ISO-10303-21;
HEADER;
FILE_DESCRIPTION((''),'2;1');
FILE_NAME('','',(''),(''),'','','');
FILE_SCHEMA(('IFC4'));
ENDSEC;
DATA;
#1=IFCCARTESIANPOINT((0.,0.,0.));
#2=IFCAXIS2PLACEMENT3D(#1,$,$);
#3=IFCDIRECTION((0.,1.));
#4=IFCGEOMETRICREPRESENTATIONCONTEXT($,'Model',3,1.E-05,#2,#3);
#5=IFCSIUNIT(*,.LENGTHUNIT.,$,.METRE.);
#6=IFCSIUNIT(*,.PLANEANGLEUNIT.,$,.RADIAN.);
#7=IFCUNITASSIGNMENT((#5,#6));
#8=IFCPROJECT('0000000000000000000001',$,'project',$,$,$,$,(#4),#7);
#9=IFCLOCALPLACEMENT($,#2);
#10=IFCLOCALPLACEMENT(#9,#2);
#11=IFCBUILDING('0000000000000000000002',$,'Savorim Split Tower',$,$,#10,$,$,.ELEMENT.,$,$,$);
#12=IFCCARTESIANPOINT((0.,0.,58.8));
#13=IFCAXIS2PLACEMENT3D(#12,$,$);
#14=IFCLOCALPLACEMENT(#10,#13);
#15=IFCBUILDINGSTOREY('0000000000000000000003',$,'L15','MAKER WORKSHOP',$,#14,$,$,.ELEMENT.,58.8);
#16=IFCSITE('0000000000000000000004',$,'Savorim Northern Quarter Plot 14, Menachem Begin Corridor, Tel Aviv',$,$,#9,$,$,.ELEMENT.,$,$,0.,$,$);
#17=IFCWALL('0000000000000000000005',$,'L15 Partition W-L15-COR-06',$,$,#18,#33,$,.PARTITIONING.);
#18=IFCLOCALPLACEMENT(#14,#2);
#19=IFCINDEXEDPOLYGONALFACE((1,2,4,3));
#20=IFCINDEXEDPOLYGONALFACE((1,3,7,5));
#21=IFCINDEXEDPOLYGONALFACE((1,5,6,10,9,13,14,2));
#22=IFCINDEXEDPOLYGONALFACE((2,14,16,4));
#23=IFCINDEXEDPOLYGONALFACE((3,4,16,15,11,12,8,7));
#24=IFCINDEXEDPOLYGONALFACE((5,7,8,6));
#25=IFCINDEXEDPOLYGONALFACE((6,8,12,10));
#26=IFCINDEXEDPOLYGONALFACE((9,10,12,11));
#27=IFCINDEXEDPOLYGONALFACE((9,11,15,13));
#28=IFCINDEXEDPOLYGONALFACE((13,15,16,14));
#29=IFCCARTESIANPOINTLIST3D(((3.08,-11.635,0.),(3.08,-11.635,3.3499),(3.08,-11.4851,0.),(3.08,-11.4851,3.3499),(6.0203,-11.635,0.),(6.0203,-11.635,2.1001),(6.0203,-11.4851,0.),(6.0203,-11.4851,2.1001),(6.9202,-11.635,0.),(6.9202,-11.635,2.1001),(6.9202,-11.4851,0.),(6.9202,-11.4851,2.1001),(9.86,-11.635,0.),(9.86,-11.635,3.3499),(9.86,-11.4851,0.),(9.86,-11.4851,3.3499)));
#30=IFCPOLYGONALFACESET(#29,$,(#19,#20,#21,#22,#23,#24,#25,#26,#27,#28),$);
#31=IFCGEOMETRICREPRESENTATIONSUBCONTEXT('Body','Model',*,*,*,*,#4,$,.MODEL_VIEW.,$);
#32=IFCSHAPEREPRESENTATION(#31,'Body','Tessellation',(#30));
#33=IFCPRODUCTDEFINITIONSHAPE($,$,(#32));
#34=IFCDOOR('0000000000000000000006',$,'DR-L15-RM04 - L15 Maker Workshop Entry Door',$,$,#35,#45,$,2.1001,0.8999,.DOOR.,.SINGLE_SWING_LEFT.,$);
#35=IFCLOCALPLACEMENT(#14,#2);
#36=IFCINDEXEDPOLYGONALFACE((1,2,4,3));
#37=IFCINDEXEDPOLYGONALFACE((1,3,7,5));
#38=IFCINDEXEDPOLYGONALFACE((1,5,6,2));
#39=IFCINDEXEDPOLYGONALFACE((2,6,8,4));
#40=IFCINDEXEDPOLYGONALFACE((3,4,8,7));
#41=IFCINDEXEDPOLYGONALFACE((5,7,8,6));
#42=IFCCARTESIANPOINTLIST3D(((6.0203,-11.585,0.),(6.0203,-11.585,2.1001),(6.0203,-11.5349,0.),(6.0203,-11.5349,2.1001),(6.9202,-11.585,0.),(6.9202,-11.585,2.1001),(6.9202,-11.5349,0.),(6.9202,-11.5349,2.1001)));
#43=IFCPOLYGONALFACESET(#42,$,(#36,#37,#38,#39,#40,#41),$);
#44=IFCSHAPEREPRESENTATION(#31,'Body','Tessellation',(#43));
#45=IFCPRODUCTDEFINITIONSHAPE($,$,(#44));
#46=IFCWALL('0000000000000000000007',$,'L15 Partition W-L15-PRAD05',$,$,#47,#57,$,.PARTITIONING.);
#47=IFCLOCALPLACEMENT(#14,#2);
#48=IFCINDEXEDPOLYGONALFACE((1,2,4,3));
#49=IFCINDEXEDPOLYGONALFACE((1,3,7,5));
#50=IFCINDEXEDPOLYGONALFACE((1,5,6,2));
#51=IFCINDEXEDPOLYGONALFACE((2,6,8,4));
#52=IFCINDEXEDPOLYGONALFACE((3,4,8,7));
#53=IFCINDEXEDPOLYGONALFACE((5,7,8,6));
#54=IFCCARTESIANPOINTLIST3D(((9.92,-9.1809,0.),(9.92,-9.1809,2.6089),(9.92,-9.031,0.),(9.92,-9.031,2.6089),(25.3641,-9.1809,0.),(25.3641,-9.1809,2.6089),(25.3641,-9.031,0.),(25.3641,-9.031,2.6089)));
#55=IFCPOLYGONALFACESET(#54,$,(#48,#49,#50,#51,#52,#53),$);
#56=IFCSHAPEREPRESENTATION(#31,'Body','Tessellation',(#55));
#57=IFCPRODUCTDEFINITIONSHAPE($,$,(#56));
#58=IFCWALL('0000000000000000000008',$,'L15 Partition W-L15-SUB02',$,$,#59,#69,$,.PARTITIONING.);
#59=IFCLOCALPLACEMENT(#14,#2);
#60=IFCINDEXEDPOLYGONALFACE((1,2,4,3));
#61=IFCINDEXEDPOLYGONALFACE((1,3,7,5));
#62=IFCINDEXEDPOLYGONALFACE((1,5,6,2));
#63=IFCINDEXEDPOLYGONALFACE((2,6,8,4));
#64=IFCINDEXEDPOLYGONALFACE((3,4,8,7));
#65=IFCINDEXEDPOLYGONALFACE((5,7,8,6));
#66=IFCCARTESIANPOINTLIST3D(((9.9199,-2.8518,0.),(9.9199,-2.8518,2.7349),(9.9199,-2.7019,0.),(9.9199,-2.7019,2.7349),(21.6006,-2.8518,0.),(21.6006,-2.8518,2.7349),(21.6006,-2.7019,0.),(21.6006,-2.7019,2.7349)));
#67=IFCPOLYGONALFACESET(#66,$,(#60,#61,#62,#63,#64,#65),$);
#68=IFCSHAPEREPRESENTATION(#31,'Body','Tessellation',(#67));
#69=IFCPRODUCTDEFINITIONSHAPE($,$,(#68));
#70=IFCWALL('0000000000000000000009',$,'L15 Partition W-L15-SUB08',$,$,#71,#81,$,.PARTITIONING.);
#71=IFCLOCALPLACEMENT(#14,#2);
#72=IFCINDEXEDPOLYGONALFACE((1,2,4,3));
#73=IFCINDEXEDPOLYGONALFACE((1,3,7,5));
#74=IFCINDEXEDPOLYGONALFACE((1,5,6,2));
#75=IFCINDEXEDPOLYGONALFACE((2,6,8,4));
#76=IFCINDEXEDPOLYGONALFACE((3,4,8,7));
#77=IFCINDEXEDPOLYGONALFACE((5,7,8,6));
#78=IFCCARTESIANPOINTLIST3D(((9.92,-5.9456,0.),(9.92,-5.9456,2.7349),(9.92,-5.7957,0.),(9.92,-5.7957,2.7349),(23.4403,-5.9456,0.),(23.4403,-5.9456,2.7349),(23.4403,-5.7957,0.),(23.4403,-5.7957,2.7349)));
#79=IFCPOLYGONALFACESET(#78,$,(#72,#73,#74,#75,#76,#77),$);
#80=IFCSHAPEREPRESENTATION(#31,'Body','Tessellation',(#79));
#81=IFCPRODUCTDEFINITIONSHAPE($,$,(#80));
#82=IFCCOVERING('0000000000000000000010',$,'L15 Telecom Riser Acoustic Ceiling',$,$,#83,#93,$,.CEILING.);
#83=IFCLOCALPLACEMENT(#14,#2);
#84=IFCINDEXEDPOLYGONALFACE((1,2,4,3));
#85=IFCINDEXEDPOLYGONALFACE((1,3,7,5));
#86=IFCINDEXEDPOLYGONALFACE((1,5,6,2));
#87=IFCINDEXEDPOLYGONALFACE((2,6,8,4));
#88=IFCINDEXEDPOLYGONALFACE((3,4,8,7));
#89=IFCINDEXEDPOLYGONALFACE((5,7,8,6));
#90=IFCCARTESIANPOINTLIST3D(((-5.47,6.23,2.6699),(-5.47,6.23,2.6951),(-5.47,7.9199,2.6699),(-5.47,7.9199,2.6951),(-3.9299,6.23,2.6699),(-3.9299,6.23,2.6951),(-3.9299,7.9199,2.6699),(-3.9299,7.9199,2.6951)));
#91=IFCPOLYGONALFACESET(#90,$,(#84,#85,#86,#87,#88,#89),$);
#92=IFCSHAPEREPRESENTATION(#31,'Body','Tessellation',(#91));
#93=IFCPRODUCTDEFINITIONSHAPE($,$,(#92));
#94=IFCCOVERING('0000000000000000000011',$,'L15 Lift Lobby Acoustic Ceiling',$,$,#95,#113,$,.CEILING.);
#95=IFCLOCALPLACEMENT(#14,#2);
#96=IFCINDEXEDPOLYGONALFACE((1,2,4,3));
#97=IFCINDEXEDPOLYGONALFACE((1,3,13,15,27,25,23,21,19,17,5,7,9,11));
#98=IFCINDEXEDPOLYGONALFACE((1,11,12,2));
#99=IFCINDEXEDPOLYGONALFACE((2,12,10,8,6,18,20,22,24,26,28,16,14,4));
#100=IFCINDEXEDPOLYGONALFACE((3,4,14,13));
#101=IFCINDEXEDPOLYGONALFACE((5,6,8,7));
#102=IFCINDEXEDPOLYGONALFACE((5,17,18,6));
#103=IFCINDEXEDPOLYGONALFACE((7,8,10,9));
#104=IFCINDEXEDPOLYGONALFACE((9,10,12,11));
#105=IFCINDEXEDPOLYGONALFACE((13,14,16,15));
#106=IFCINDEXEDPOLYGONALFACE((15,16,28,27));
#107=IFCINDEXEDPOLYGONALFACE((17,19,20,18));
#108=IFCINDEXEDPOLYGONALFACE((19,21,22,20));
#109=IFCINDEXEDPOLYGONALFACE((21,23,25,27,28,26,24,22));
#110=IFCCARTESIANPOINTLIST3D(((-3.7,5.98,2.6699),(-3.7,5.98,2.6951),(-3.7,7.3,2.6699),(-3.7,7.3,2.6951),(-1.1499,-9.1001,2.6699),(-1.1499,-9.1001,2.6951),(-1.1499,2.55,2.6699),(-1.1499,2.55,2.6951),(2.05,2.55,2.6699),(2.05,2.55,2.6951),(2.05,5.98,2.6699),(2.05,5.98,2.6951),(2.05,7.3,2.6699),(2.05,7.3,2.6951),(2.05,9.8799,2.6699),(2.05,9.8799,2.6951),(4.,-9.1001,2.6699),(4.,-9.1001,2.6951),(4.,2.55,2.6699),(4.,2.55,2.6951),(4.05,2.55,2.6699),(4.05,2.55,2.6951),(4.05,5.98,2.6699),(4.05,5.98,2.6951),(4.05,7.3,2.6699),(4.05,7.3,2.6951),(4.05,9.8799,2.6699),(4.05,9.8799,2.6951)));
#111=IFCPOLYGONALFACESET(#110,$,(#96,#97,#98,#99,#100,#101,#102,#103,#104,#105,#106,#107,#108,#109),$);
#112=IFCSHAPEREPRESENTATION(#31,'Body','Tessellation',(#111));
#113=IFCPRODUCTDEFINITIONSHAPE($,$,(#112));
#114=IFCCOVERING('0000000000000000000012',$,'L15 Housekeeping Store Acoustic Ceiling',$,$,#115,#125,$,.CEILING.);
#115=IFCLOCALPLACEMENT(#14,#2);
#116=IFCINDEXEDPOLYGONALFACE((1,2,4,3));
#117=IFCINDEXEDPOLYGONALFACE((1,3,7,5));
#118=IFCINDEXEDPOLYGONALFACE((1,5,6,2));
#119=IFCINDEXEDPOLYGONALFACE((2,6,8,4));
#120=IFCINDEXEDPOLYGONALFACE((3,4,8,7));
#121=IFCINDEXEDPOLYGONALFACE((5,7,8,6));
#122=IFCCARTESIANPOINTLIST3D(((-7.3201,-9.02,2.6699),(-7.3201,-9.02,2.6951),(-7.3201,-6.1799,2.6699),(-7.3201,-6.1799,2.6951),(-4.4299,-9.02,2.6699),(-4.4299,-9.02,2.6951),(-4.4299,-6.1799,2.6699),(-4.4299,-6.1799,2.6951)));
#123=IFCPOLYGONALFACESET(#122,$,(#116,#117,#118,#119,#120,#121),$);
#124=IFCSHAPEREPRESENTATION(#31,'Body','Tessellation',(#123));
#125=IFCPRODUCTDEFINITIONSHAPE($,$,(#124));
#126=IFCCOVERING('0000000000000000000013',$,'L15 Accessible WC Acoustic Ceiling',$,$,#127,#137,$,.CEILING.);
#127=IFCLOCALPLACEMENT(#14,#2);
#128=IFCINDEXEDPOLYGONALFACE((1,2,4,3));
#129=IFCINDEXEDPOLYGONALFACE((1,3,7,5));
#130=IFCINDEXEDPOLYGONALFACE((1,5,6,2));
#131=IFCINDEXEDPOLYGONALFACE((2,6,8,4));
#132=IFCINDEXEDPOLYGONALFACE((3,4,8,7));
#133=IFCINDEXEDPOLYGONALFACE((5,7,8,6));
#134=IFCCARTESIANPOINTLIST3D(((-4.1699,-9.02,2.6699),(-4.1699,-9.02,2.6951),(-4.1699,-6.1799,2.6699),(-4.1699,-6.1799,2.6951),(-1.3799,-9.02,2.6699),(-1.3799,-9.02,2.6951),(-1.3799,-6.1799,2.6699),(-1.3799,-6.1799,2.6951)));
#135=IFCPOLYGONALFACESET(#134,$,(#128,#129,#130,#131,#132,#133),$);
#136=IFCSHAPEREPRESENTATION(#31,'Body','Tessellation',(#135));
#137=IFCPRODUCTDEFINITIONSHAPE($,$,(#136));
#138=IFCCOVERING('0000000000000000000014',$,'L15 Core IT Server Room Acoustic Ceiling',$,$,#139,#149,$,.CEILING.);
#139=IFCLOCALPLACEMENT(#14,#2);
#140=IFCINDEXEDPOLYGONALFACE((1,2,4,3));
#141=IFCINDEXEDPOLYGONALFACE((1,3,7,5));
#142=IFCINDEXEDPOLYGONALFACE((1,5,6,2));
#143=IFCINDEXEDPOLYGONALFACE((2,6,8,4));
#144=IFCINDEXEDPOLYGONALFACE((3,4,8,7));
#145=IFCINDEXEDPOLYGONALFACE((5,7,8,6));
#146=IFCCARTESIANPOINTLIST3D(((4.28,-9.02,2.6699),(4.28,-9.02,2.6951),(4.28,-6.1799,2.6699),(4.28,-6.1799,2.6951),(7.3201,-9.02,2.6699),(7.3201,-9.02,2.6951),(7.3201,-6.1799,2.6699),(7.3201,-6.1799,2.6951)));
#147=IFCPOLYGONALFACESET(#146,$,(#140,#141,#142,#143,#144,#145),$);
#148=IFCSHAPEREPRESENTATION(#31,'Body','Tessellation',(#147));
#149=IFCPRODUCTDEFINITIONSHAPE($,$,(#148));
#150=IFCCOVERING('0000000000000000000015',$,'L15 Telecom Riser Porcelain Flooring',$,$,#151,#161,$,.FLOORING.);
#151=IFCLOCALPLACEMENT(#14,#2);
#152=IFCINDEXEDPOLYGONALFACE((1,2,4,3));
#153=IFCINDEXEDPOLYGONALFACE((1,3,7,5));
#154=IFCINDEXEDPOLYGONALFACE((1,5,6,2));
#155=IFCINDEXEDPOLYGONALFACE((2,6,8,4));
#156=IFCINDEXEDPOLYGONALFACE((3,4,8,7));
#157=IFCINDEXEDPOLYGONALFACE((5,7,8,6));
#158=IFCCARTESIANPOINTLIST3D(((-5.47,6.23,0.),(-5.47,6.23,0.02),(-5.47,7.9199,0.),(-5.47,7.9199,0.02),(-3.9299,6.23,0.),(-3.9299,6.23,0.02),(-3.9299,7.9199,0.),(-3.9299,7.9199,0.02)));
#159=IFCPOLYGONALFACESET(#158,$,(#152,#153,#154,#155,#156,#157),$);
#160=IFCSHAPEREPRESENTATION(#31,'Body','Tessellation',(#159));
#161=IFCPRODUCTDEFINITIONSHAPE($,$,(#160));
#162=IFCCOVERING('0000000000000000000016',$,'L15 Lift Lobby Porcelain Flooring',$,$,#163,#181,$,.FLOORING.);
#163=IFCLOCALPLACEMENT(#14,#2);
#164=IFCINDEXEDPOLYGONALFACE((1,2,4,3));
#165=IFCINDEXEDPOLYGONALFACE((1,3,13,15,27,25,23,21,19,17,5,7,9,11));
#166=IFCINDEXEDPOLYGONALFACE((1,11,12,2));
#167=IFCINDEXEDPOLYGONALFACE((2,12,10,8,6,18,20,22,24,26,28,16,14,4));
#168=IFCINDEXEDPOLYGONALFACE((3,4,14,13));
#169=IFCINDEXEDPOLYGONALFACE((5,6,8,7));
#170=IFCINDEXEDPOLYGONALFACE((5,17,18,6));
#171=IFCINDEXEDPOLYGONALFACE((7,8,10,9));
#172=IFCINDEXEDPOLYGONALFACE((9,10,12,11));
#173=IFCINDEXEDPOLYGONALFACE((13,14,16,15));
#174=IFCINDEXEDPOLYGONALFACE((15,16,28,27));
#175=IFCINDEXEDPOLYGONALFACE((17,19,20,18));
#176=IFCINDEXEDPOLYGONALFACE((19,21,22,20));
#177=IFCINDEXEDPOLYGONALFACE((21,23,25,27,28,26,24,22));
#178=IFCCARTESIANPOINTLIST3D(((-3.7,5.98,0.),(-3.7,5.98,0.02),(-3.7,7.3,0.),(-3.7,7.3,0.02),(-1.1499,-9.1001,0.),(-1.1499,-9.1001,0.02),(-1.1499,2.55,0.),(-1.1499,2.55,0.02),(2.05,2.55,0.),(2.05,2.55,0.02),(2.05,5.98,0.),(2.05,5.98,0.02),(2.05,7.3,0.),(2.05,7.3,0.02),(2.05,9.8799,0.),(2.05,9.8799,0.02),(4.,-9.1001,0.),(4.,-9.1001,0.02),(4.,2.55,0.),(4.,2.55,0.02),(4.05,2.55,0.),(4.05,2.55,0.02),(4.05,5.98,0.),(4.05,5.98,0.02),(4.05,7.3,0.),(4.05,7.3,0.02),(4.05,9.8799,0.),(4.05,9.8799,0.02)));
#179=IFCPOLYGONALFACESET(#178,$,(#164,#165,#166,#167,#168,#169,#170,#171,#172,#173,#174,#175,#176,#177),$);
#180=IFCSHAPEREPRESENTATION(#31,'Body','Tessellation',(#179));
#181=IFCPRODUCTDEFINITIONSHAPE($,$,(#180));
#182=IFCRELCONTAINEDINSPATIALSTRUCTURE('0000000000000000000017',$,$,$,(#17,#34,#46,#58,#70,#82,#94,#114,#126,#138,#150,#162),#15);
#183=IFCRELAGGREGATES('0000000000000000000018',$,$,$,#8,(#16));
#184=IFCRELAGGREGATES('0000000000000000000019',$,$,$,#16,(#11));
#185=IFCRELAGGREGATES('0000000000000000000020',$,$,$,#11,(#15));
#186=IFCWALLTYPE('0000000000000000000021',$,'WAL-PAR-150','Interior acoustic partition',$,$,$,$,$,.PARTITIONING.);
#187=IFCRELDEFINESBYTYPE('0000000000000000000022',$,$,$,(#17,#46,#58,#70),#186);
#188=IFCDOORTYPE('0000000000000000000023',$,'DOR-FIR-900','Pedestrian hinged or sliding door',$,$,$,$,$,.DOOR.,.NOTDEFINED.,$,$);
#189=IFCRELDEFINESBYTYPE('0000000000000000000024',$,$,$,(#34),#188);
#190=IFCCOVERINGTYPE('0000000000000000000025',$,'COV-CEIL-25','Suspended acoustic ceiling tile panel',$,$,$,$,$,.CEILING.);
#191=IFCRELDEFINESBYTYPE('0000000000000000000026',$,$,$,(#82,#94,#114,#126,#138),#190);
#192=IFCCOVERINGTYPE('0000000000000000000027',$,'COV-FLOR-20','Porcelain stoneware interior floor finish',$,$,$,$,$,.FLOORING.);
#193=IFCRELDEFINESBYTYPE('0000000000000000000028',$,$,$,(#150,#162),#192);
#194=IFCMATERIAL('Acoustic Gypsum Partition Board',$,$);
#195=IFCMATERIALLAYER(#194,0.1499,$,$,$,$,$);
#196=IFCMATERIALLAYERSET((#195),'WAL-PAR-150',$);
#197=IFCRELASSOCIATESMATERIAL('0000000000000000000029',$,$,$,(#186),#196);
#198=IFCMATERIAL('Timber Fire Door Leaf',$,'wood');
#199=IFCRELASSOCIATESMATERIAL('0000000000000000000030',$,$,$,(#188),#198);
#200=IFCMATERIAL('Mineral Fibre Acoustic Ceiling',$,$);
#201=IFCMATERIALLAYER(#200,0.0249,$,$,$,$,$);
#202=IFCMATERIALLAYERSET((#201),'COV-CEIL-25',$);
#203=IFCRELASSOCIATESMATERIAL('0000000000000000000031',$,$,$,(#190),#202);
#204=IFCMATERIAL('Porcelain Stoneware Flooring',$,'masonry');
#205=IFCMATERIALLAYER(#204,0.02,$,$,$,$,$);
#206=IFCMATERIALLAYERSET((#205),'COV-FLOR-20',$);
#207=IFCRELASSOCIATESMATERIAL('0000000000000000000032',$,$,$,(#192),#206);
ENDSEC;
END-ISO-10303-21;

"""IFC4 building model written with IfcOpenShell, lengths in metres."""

from ifc_helpers import new_model, si_unit, direction, frame, frame_2d, origin, place, context, subcontext, project, spatial, polyline, rectangle, outline, extrude, material, layer, layer_set, type_object, element, fill, save


model = new_model("IFC4")

# Units and contexts
model_context = context("Model", 3, precision=1e-05, world=origin(), true_north=direction((0.0, 1.0)))
body_context = subcontext(model_context, "Body", "Model", "MODEL_VIEW")
ifc_project = project(units=[si_unit("LENGTHUNIT", "METRE"), si_unit("PLANEANGLEUNIT", "RADIAN")], contexts=[model_context])

# Site, building, storey
site_placement = place(None, origin())
site = spatial("IfcSite", under=ifc_project, at=site_placement, Name="Savorim Northern Quarter Plot 14, Menachem Begin Corridor, Tel Aviv", CompositionType="ELEMENT", RefElevation=0.0)
building_placement = place(site_placement, origin())
building = spatial("IfcBuilding", under=site, at=building_placement, Name="Savorim Split Tower", CompositionType="ELEMENT")
storey_placement = place(building_placement, frame((0.0, 0.0, 58.8)))
storey = spatial("IfcBuildingStorey", under=building, at=storey_placement, Name="L15", Description="MAKER WORKSHOP", CompositionType="ELEMENT", Elevation=58.8)

# Shared definitions
ifc_material_1 = material(Name="Acoustic Gypsum Partition Board")
ifc_layer_1 = layer(ifc_material_1, 0.1499)
ifc_layer_set_1 = layer_set([ifc_layer_1], Name="WAL-PAR-150")
wall_type_1 = type_object("IfcWallType", Name="WAL-PAR-150", Description="Interior acoustic partition", PredefinedType="PARTITIONING", material=ifc_layer_set_1)

# Wall, opening, door
ifc_material_2 = material(Name="Timber Fire Door Leaf", Category="wood")
door_type_1 = type_object("IfcDoorType", Name="DOR-FIR-900", Description="Pedestrian hinged or sliding door", OperationType="NOTDEFINED", PredefinedType="DOOR", material=ifc_material_2)
wall_1_placement = place(storey_placement, frame((9.8601, -11.5601, 0.0), z_axis=(0.0, 0.0, 1.0), x_axis=(-1.0, 0.0, 0.0)))
wall_1 = element("IfcWall", 1, at=wall_1_placement, inside=storey, type_object=wall_type_1, Name="L15 Partition W-L15-COR-06", PredefinedType="PARTITIONING", context=body_context, shape_type="SweptSolid", body=[
    extrude(rectangle(XDim=6.78, YDim=0.1499, at=frame_2d((3.3901, 0.0))), origin(), (0.0, 0.0, 1.0), 3.3499),
])
opening_1_placement = place(wall_1_placement, frame((2.9399, 0.0, 0.0)))
opening_1 = element("IfcOpeningElement", 2, at=opening_1_placement, cuts=wall_1, PredefinedType="OPENING", context=body_context, shape_type="SweptSolid", body=[
    extrude(rectangle(XDim=0.8999, YDim=2.1001, at=frame_2d((0.45, 1.05))), frame((0.0, 0.085, 0.0), z_axis=(0.0, -1.0, 0.0), x_axis=(1.0, 0.0, 0.0)), (0.0, 0.0, 1.0), 0.1699),
])
door_1_placement = place(opening_1_placement, origin())
door_1 = element("IfcDoor", 3, at=door_1_placement, inside=storey, type_object=door_type_1, Name="DR-L15-RM04 - L15 Maker Workshop Entry Door", OperationType="SINGLE_SWING_LEFT", OverallHeight=2.1001, OverallWidth=0.8999, PredefinedType="DOOR", context=body_context, shape_type="SweptSolid", body=[
    extrude(rectangle(XDim=0.8999, YDim=2.1001, at=frame_2d((0.45, 1.05))), frame((0.0, 0.0249, 0.0), z_axis=(0.0, -1.0, 0.0), x_axis=(1.0, 0.0, 0.0)), (0.0, 0.0, 1.0), 0.05),
])
fill(opening_1, door_1)

# Walls
wall_2_placement = place(storey_placement, frame((9.9199, -9.106, 0.0), z_axis=(0.0, 0.0, 1.0), x_axis=(1.0, 0.0, 0.0)))
element("IfcWall", 4, at=wall_2_placement, inside=storey, type_object=wall_type_1, Name="L15 Partition W-L15-PRAD05", PredefinedType="PARTITIONING", context=body_context, shape_type="SweptSolid", body=[
    extrude(rectangle(XDim=15.4441, YDim=0.1499, at=frame_2d((7.7222, 0.0))), origin(), (0.0, 0.0, 1.0), 2.6089),
])
wall_3_placement = place(storey_placement, frame((9.9199, -2.7769, 0.0), z_axis=(0.0, 0.0, 1.0), x_axis=(1.0, 0.0, 0.0)))
element("IfcWall", 5, at=wall_3_placement, inside=storey, type_object=wall_type_1, Name="L15 Partition W-L15-SUB02", PredefinedType="PARTITIONING", context=body_context, shape_type="SweptSolid", body=[
    extrude(rectangle(XDim=11.6807, YDim=0.1499, at=frame_2d((5.8403, 0.0))), origin(), (0.0, 0.0, 1.0), 2.7349),
])
wall_4_placement = place(storey_placement, frame((9.9199, -5.8706, 0.0), z_axis=(0.0, 0.0, 1.0), x_axis=(1.0, 0.0, 0.0)))
element("IfcWall", 6, at=wall_4_placement, inside=storey, type_object=wall_type_1, Name="L15 Partition W-L15-SUB08", PredefinedType="PARTITIONING", context=body_context, shape_type="SweptSolid", body=[
    extrude(rectangle(XDim=13.5203, YDim=0.1499, at=frame_2d((6.7603, 0.0))), origin(), (0.0, 0.0, 1.0), 2.7349),
])

# Coverings
ifc_material_3 = material(Name="Mineral Fibre Acoustic Ceiling")
ifc_layer_2 = layer(ifc_material_3, 0.0249)
ifc_layer_set_2 = layer_set([ifc_layer_2], Name="COV-CEIL-25")
covering_type_1 = type_object("IfcCoveringType", Name="COV-CEIL-25", Description="Suspended acoustic ceiling tile panel", PredefinedType="CEILING", material=ifc_layer_set_2)
covering_1_placement = place(storey_placement, frame((0.0, 0.0, 2.6699)))
element("IfcCovering", 7, at=covering_1_placement, inside=storey, type_object=covering_type_1, Name="L15 Telecom Riser Acoustic Ceiling", PredefinedType="CEILING", context=body_context, shape_type="SweptSolid", body=[
    extrude(outline(polyline([(-5.47, 7.9199), (-5.47, 6.23), (-3.9299, 6.23), (-3.9299, 7.9199), (-5.47, 7.9199)])), origin(), (0.0, 0.0, 1.0), 0.0251),
])
covering_2_placement = place(storey_placement, frame((0.0, 0.0, 2.6699)))
element("IfcCovering", 8, at=covering_2_placement, inside=storey, type_object=covering_type_1, Name="L15 Lift Lobby Acoustic Ceiling", PredefinedType="CEILING", context=body_context, shape_type="SweptSolid", body=[
    extrude(outline(polyline([(2.05, 2.55), (-1.1499, 2.55), (-1.1499, -9.1001), (4.0, -9.1001), (4.0, 2.55), (4.05, 2.55), (4.05, 5.98), (4.05, 7.3), (4.05, 9.8799), (2.05, 9.8799), (2.05, 7.3), (-3.7, 7.3), (-3.7, 5.98), (2.05, 5.98), (2.05, 2.55)])), origin(), (0.0, 0.0, 1.0), 0.0251),
])
covering_3_placement = place(storey_placement, frame((0.0, 0.0, 2.6699)))
element("IfcCovering", 9, at=covering_3_placement, inside=storey, type_object=covering_type_1, Name="L15 Housekeeping Store Acoustic Ceiling", PredefinedType="CEILING", context=body_context, shape_type="SweptSolid", body=[
    extrude(outline(polyline([(-7.3201, -6.1799), (-7.3201, -9.02), (-4.4299, -9.02), (-4.4299, -6.1799), (-7.3201, -6.1799)])), origin(), (0.0, 0.0, 1.0), 0.0251),
])
covering_4_placement = place(storey_placement, frame((0.0, 0.0, 2.6699)))
element("IfcCovering", 10, at=covering_4_placement, inside=storey, type_object=covering_type_1, Name="L15 Accessible WC Acoustic Ceiling", PredefinedType="CEILING", context=body_context, shape_type="SweptSolid", body=[
    extrude(outline(polyline([(-4.1699, -6.1799), (-4.1699, -9.02), (-1.3799, -9.02), (-1.3799, -6.1799), (-4.1699, -6.1799)])), origin(), (0.0, 0.0, 1.0), 0.0251),
])
covering_5_placement = place(storey_placement, frame((0.0, 0.0, 2.6699)))
element("IfcCovering", 11, at=covering_5_placement, inside=storey, type_object=covering_type_1, Name="L15 Core IT Server Room Acoustic Ceiling", PredefinedType="CEILING", context=body_context, shape_type="SweptSolid", body=[
    extrude(outline(polyline([(4.28, -6.1799), (4.28, -9.02), (7.3201, -9.02), (7.3201, -6.1799), (4.28, -6.1799)])), origin(), (0.0, 0.0, 1.0), 0.0251),
])
ifc_material_4 = material(Name="Porcelain Stoneware Flooring", Category="masonry")
ifc_layer_3 = layer(ifc_material_4, 0.02)
ifc_layer_set_3 = layer_set([ifc_layer_3], Name="COV-FLOR-20")
covering_type_2 = type_object("IfcCoveringType", Name="COV-FLOR-20", Description="Porcelain stoneware interior floor finish", PredefinedType="FLOORING", material=ifc_layer_set_3)
covering_6_placement = place(storey_placement, origin())
element("IfcCovering", 12, at=covering_6_placement, inside=storey, type_object=covering_type_2, Name="L15 Telecom Riser Porcelain Flooring", PredefinedType="FLOORING", context=body_context, shape_type="SweptSolid", body=[
    extrude(outline(polyline([(-5.47, 7.9199), (-5.47, 6.23), (-3.9299, 6.23), (-3.9299, 7.9199), (-5.47, 7.9199)])), origin(), (0.0, 0.0, 1.0), 0.02),
])
covering_7_placement = place(storey_placement, origin())
element("IfcCovering", 13, at=covering_7_placement, inside=storey, type_object=covering_type_2, Name="L15 Lift Lobby Porcelain Flooring", PredefinedType="FLOORING", context=body_context, shape_type="SweptSolid", body=[
    extrude(outline(polyline([(2.05, 2.55), (-1.1499, 2.55), (-1.1499, -9.1001), (4.0, -9.1001), (4.0, 2.55), (4.05, 2.55), (4.05, 5.98), (4.05, 7.3), (4.05, 9.8799), (2.05, 9.8799), (2.05, 7.3), (-3.7, 7.3), (-3.7, 5.98), (2.05, 5.98), (2.05, 2.55)])), origin(), (0.0, 0.0, 1.0), 0.02),
])

save(model, "model.ifc")
